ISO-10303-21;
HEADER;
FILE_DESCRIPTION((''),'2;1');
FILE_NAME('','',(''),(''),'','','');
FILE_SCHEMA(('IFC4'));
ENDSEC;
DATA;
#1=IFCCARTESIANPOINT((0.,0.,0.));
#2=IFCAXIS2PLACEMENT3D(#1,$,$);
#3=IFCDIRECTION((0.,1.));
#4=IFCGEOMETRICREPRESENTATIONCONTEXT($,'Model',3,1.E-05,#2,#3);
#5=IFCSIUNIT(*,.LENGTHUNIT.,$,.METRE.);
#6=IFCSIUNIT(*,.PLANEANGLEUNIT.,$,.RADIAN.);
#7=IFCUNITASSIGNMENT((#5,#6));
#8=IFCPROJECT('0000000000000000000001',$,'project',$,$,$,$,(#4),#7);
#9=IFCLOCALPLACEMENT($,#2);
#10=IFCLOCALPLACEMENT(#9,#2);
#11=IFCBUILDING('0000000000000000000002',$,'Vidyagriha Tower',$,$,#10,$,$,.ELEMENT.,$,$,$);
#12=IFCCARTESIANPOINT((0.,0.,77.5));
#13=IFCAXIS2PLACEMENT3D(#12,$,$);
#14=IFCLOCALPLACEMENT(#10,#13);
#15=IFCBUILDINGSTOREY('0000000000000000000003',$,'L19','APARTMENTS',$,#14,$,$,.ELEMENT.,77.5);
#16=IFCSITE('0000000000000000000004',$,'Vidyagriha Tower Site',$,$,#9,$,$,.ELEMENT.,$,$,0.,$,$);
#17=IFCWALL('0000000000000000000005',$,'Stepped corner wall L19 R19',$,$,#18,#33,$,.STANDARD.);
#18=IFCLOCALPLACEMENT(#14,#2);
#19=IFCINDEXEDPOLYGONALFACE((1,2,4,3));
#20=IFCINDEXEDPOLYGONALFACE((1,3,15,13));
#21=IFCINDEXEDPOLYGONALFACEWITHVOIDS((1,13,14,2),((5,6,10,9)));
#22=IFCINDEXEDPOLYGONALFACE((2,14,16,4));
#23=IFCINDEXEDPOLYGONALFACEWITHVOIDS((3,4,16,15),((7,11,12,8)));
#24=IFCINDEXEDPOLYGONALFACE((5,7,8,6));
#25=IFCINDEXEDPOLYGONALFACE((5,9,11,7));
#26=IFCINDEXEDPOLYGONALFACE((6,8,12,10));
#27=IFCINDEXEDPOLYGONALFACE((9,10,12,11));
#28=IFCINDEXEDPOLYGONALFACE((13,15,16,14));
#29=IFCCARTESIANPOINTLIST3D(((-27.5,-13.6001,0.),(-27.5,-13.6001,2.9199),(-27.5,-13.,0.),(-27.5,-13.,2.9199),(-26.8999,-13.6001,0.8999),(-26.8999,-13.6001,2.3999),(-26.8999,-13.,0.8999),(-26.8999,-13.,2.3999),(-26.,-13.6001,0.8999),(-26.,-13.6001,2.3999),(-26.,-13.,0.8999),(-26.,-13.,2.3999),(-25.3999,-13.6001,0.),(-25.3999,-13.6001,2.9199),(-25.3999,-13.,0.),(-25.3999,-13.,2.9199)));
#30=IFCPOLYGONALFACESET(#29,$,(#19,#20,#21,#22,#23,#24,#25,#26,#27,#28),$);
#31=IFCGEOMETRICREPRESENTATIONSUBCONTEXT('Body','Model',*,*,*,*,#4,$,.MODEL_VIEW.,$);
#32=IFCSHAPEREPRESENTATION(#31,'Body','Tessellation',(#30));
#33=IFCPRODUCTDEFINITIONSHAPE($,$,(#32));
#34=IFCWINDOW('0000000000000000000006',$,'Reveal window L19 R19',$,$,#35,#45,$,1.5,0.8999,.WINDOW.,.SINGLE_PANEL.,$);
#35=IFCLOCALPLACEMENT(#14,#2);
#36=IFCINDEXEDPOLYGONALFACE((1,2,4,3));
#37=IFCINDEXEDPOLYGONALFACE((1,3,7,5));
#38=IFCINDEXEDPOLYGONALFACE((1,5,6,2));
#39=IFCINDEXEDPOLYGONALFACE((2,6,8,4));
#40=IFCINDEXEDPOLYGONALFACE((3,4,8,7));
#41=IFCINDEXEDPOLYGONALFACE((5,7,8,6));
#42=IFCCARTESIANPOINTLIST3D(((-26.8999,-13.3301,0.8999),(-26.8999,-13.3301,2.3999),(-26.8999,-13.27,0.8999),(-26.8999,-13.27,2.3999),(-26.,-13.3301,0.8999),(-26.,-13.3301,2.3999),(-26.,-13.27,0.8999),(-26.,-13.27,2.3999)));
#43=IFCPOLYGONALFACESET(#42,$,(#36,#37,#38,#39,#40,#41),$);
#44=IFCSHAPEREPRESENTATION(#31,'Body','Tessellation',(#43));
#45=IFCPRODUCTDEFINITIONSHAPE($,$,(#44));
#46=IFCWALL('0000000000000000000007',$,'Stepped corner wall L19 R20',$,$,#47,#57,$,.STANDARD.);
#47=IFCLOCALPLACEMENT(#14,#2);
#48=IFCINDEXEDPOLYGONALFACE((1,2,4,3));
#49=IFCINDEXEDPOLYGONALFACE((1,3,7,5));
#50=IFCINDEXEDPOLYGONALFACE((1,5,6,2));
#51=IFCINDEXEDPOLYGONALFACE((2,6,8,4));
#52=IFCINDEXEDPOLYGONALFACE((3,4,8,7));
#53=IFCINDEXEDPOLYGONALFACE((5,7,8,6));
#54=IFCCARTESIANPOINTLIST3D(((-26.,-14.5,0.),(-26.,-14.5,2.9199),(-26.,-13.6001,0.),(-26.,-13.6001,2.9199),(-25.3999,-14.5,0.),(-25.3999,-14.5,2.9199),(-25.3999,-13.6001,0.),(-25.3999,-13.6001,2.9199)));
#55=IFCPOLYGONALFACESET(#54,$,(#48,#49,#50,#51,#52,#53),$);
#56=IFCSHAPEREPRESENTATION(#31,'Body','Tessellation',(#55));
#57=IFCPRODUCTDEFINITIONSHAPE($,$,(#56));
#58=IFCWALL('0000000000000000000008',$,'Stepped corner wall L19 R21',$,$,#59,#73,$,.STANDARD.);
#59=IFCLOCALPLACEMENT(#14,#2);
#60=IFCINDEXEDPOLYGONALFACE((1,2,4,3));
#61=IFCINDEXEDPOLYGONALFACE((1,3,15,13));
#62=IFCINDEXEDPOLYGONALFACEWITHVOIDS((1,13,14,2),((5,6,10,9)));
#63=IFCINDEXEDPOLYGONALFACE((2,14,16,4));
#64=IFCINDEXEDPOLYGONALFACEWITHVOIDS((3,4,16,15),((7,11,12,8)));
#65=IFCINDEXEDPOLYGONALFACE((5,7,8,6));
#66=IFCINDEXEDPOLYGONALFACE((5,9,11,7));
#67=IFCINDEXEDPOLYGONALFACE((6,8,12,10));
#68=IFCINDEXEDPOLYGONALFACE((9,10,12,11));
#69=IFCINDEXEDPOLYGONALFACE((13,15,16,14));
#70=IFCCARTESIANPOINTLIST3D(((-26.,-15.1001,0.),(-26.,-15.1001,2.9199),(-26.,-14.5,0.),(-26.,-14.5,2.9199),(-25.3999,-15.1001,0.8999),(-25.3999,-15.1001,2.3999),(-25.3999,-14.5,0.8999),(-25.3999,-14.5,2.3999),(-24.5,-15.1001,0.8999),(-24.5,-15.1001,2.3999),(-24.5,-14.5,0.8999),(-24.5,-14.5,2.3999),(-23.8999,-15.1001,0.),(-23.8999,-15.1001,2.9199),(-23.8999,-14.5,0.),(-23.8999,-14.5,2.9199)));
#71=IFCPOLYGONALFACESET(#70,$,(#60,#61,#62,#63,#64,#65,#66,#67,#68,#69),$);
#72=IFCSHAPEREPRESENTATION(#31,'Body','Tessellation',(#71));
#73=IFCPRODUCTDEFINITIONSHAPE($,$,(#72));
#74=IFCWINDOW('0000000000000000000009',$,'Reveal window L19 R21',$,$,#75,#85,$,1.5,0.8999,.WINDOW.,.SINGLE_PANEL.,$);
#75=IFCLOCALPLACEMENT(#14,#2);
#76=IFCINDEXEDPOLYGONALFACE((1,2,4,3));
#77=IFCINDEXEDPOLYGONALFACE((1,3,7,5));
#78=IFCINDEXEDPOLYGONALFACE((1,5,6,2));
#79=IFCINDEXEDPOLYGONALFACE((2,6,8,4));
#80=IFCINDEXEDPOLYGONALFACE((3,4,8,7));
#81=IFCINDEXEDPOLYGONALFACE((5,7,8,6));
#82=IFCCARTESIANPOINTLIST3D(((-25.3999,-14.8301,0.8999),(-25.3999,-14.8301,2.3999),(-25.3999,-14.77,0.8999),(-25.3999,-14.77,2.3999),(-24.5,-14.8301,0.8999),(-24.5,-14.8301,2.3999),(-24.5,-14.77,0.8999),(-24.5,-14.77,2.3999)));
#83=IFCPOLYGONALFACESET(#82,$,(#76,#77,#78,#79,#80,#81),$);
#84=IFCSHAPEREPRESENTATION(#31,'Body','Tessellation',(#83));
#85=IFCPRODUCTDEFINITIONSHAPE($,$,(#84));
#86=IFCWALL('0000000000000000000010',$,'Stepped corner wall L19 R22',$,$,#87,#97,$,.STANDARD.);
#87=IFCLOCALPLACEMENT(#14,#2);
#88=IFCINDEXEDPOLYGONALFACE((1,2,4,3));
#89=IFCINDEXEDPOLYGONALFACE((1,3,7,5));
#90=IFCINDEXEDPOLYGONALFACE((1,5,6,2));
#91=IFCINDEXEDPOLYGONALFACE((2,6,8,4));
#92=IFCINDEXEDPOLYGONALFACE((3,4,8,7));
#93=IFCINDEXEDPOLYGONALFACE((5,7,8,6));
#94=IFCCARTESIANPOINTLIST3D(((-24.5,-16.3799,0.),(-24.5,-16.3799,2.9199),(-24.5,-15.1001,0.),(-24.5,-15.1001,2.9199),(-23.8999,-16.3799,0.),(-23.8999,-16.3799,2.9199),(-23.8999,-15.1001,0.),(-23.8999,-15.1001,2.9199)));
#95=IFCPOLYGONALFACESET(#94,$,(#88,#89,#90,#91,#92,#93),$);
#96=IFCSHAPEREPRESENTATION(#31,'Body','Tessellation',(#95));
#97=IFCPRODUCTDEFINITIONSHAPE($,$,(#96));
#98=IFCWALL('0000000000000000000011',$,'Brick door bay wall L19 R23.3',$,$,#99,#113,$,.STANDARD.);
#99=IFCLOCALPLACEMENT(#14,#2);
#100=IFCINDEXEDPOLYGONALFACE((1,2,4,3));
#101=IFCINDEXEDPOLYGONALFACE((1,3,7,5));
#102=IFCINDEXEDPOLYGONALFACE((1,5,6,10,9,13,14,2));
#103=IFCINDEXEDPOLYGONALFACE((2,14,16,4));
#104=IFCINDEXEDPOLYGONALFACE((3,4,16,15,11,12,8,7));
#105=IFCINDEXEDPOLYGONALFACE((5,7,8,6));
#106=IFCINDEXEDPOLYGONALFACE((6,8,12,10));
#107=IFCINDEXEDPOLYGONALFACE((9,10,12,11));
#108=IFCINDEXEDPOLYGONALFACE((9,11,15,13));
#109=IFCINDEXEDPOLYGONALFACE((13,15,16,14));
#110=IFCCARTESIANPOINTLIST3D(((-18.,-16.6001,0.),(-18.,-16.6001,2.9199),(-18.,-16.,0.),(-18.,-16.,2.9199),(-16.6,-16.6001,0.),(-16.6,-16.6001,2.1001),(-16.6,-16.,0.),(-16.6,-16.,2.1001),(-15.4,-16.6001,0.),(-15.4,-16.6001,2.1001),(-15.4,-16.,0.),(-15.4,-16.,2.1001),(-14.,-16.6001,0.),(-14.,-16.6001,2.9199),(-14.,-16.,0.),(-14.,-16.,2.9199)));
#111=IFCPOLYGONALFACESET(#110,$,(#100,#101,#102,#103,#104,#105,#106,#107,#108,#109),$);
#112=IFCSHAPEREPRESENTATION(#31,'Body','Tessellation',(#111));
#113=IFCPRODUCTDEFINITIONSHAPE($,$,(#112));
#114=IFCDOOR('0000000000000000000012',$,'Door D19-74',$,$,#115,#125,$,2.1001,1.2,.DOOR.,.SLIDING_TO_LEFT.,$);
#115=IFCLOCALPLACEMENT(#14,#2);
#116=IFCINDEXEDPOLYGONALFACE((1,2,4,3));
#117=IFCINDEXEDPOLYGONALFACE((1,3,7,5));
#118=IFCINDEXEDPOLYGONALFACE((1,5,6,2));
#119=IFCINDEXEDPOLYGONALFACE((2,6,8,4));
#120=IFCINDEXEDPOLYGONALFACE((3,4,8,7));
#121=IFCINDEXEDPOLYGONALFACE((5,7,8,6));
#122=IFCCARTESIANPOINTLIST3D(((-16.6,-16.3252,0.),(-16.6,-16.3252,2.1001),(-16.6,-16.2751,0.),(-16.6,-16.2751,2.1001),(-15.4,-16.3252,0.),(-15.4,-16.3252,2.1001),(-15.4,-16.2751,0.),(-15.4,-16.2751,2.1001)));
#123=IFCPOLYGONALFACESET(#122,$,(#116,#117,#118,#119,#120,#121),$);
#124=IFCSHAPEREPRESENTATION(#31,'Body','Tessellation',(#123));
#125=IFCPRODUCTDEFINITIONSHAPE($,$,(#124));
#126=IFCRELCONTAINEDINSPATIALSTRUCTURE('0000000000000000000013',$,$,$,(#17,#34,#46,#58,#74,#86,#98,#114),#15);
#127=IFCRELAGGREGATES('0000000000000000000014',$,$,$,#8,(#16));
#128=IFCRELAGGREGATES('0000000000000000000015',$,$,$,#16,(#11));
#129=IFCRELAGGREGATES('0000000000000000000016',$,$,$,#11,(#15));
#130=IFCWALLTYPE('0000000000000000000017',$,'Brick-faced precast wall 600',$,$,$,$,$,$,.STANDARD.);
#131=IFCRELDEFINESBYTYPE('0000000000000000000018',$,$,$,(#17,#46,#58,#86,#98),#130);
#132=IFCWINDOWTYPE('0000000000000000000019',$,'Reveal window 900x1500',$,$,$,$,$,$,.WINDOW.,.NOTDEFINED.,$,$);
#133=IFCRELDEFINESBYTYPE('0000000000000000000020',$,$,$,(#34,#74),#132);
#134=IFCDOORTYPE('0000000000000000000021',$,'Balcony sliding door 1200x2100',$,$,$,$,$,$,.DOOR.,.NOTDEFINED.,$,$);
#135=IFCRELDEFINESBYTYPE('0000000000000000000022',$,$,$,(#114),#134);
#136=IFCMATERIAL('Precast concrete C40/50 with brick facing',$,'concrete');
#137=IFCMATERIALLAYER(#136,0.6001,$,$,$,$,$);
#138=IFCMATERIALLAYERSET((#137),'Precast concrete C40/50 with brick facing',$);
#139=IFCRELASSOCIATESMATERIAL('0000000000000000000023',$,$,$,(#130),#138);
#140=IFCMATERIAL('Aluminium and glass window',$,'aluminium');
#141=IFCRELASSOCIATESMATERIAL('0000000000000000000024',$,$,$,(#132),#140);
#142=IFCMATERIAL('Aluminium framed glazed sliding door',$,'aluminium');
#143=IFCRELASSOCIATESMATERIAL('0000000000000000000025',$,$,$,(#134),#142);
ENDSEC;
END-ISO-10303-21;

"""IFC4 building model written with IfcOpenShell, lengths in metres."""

from ifc_helpers import new_model, si_unit, direction, frame, frame_2d, origin, place, context, subcontext, project, spatial, rectangle, extrude, material, layer, layer_set, type_object, element, fill, save


model = new_model("IFC4")

# Units and contexts
model_context = context("Model", 3, precision=1e-05, world=origin(), true_north=direction((0.0, 1.0)))
body_context = subcontext(model_context, "Body", "Model", "MODEL_VIEW")
ifc_project = project(units=[si_unit("LENGTHUNIT", "METRE"), si_unit("PLANEANGLEUNIT", "RADIAN")], contexts=[model_context])

# Site, building, storey
site_placement = place(None, origin())
site = spatial("IfcSite", under=ifc_project, at=site_placement, Name="Vidyagriha Tower Site", CompositionType="ELEMENT", RefElevation=0.0)
building_placement = place(site_placement, origin())
building = spatial("IfcBuilding", under=site, at=building_placement, Name="Vidyagriha Tower", CompositionType="ELEMENT")
storey_placement = place(building_placement, frame((0.0, 0.0, 77.5)))
storey = spatial("IfcBuildingStorey", under=building, at=storey_placement, Name="L19", Description="APARTMENTS", CompositionType="ELEMENT", Elevation=77.5)

# Wall, opening, window
ifc_material_1 = material(Name="Precast concrete C40/50 with brick facing", Category="concrete")
ifc_layer_1 = layer(ifc_material_1, 0.6001)
ifc_layer_set_1 = layer_set([ifc_layer_1], Name="Precast concrete C40/50 with brick facing")
wall_type = type_object("IfcWallType", Name="Brick-faced precast wall 600", PredefinedType="STANDARD", material=ifc_layer_set_1)
wall_1_placement = place(storey_placement, frame((-27.5, -13.3, 0.0)))
wall_1 = element("IfcWall", 1, at=wall_1_placement, inside=storey, type_object=wall_type, Name="Stepped corner wall L19 R19", PredefinedType="STANDARD", context=body_context, shape_type="SweptSolid", body=[
    extrude(rectangle(XDim=2.1001, YDim=0.6001, at=frame_2d((1.05, 0.0))), origin(), (0.0, 0.0, 1.0), 2.9199),
])
opening_1_placement = place(wall_1_placement, frame((0.6001, 0.0, 0.8999)))
opening_1 = element("IfcOpeningElement", 2, at=opening_1_placement, cuts=wall_1, PredefinedType="OPENING", context=body_context, shape_type="SweptSolid", body=[
    extrude(rectangle(XDim=0.8999, YDim=1.5, at=frame_2d((0.45, 0.75))), frame((0.0, 0.3101, 0.0), z_axis=(0.0, -1.0, 0.0), x_axis=(1.0, 0.0, 0.0)), (0.0, 0.0, 1.0), 0.6201),
])
ifc_material_2 = material(Name="Aluminium and glass window", Category="aluminium")
window_type = type_object("IfcWindowType", Name="Reveal window 900x1500", PartitioningType="NOTDEFINED", PredefinedType="WINDOW", material=ifc_material_2)
window_1_placement = place(opening_1_placement, origin())
window_1 = element("IfcWindow", 3, at=window_1_placement, inside=storey, type_object=window_type, Name="Reveal window L19 R19", OverallHeight=1.5, OverallWidth=0.8999, PartitioningType="SINGLE_PANEL", PredefinedType="WINDOW", context=body_context, shape_type="SweptSolid", body=[
    extrude(rectangle(XDim=0.8999, YDim=1.5, at=frame_2d((0.45, 0.75))), frame((0.0, 0.03, 0.0), z_axis=(0.0, -1.0, 0.0), x_axis=(1.0, 0.0, 0.0)), (0.0, 0.0, 1.0), 0.0601),
])
fill(opening_1, window_1)

# Wall
wall_2_placement = place(storey_placement, frame((-25.7, -13.6001, 0.0), z_axis=(0.0, 0.0, 1.0), x_axis=(0.0, -1.0, 0.0)))
element("IfcWall", 4, at=wall_2_placement, inside=storey, type_object=wall_type, Name="Stepped corner wall L19 R20", PredefinedType="STANDARD", context=body_context, shape_type="SweptSolid", body=[
    extrude(rectangle(XDim=0.8999, YDim=0.6001, at=frame_2d((0.45, 0.0))), origin(), (0.0, 0.0, 1.0), 2.9199),
])

# Wall, opening, window
wall_3_placement = place(storey_placement, frame((-26.0, -14.8, 0.0)))
wall_3 = element("IfcWall", 5, at=wall_3_placement, inside=storey, type_object=wall_type, Name="Stepped corner wall L19 R21", PredefinedType="STANDARD", context=body_context, shape_type="SweptSolid", body=[
    extrude(rectangle(XDim=2.1001, YDim=0.6001, at=frame_2d((1.05, 0.0))), origin(), (0.0, 0.0, 1.0), 2.9199),
])
opening_2_placement = place(wall_3_placement, frame((0.6001, 0.0, 0.8999)))
opening_2 = element("IfcOpeningElement", 6, at=opening_2_placement, cuts=wall_3, PredefinedType="OPENING", context=body_context, shape_type="SweptSolid", body=[
    extrude(rectangle(XDim=0.8999, YDim=1.5, at=frame_2d((0.45, 0.75))), frame((0.0, 0.3101, 0.0), z_axis=(0.0, -1.0, 0.0), x_axis=(1.0, 0.0, 0.0)), (0.0, 0.0, 1.0), 0.6201),
])
window_2_placement = place(opening_2_placement, origin())
window_2 = element("IfcWindow", 7, at=window_2_placement, inside=storey, type_object=window_type, Name="Reveal window L19 R21", OverallHeight=1.5, OverallWidth=0.8999, PartitioningType="SINGLE_PANEL", PredefinedType="WINDOW", context=body_context, shape_type="SweptSolid", body=[
    extrude(rectangle(XDim=0.8999, YDim=1.5, at=frame_2d((0.45, 0.75))), frame((0.0, 0.03, 0.0), z_axis=(0.0, -1.0, 0.0), x_axis=(1.0, 0.0, 0.0)), (0.0, 0.0, 1.0), 0.0601),
])
fill(opening_2, window_2)

# Wall
wall_4_placement = place(storey_placement, frame((-24.2, -15.1001, 0.0), z_axis=(0.0, 0.0, 1.0), x_axis=(0.0, -1.0, 0.0)))
element("IfcWall", 8, at=wall_4_placement, inside=storey, type_object=wall_type, Name="Stepped corner wall L19 R22", PredefinedType="STANDARD", context=body_context, shape_type="SweptSolid", body=[
    extrude(rectangle(XDim=1.2798, YDim=0.6001, at=frame_2d((0.6399, 0.0))), origin(), (0.0, 0.0, 1.0), 2.9199),
])

# Wall, opening, door
wall_5_placement = place(storey_placement, frame((-18.0, -16.3, 0.0)))
wall_5 = element("IfcWall", 9, at=wall_5_placement, inside=storey, type_object=wall_type, Name="Brick door bay wall L19 R23.3", PredefinedType="STANDARD", context=body_context, shape_type="SweptSolid", body=[
    extrude(rectangle(XDim=4.0, YDim=0.6001, at=frame_2d((2.0, 0.0))), origin(), (0.0, 0.0, 1.0), 2.9199),
])
opening_3_placement = place(wall_5_placement, frame((1.3999, 0.0, 0.0)))
opening_3 = element("IfcOpeningElement", 10, at=opening_3_placement, cuts=wall_5, PredefinedType="OPENING", context=body_context, shape_type="SweptSolid", body=[
    extrude(rectangle(XDim=1.2, YDim=2.1001, at=frame_2d((0.6001, 1.05))), frame((0.0, 0.3101, 0.0), z_axis=(0.0, -1.0, 0.0), x_axis=(1.0, 0.0, 0.0)), (0.0, 0.0, 1.0), 0.6201),
])
ifc_material_3 = material(Name="Aluminium framed glazed sliding door", Category="aluminium")
door_type = type_object("IfcDoorType", Name="Balcony sliding door 1200x2100", OperationType="NOTDEFINED", PredefinedType="DOOR", material=ifc_material_3)
door_placement = place(opening_3_placement, origin())
door = element("IfcDoor", 11, at=door_placement, inside=storey, type_object=door_type, Name="Door D19-74", OperationType="SLIDING_TO_LEFT", OverallHeight=2.1001, OverallWidth=1.2, PredefinedType="DOOR", context=body_context, shape_type="SweptSolid", body=[
    extrude(rectangle(XDim=1.2, YDim=2.1001, at=frame_2d((0.6001, 1.05))), frame((0.0, 0.0249, 0.0), z_axis=(0.0, -1.0, 0.0), x_axis=(1.0, 0.0, 0.0)), (0.0, 0.0, 1.0), 0.05),
])
fill(opening_3, door)

save(model, "model.ifc")
